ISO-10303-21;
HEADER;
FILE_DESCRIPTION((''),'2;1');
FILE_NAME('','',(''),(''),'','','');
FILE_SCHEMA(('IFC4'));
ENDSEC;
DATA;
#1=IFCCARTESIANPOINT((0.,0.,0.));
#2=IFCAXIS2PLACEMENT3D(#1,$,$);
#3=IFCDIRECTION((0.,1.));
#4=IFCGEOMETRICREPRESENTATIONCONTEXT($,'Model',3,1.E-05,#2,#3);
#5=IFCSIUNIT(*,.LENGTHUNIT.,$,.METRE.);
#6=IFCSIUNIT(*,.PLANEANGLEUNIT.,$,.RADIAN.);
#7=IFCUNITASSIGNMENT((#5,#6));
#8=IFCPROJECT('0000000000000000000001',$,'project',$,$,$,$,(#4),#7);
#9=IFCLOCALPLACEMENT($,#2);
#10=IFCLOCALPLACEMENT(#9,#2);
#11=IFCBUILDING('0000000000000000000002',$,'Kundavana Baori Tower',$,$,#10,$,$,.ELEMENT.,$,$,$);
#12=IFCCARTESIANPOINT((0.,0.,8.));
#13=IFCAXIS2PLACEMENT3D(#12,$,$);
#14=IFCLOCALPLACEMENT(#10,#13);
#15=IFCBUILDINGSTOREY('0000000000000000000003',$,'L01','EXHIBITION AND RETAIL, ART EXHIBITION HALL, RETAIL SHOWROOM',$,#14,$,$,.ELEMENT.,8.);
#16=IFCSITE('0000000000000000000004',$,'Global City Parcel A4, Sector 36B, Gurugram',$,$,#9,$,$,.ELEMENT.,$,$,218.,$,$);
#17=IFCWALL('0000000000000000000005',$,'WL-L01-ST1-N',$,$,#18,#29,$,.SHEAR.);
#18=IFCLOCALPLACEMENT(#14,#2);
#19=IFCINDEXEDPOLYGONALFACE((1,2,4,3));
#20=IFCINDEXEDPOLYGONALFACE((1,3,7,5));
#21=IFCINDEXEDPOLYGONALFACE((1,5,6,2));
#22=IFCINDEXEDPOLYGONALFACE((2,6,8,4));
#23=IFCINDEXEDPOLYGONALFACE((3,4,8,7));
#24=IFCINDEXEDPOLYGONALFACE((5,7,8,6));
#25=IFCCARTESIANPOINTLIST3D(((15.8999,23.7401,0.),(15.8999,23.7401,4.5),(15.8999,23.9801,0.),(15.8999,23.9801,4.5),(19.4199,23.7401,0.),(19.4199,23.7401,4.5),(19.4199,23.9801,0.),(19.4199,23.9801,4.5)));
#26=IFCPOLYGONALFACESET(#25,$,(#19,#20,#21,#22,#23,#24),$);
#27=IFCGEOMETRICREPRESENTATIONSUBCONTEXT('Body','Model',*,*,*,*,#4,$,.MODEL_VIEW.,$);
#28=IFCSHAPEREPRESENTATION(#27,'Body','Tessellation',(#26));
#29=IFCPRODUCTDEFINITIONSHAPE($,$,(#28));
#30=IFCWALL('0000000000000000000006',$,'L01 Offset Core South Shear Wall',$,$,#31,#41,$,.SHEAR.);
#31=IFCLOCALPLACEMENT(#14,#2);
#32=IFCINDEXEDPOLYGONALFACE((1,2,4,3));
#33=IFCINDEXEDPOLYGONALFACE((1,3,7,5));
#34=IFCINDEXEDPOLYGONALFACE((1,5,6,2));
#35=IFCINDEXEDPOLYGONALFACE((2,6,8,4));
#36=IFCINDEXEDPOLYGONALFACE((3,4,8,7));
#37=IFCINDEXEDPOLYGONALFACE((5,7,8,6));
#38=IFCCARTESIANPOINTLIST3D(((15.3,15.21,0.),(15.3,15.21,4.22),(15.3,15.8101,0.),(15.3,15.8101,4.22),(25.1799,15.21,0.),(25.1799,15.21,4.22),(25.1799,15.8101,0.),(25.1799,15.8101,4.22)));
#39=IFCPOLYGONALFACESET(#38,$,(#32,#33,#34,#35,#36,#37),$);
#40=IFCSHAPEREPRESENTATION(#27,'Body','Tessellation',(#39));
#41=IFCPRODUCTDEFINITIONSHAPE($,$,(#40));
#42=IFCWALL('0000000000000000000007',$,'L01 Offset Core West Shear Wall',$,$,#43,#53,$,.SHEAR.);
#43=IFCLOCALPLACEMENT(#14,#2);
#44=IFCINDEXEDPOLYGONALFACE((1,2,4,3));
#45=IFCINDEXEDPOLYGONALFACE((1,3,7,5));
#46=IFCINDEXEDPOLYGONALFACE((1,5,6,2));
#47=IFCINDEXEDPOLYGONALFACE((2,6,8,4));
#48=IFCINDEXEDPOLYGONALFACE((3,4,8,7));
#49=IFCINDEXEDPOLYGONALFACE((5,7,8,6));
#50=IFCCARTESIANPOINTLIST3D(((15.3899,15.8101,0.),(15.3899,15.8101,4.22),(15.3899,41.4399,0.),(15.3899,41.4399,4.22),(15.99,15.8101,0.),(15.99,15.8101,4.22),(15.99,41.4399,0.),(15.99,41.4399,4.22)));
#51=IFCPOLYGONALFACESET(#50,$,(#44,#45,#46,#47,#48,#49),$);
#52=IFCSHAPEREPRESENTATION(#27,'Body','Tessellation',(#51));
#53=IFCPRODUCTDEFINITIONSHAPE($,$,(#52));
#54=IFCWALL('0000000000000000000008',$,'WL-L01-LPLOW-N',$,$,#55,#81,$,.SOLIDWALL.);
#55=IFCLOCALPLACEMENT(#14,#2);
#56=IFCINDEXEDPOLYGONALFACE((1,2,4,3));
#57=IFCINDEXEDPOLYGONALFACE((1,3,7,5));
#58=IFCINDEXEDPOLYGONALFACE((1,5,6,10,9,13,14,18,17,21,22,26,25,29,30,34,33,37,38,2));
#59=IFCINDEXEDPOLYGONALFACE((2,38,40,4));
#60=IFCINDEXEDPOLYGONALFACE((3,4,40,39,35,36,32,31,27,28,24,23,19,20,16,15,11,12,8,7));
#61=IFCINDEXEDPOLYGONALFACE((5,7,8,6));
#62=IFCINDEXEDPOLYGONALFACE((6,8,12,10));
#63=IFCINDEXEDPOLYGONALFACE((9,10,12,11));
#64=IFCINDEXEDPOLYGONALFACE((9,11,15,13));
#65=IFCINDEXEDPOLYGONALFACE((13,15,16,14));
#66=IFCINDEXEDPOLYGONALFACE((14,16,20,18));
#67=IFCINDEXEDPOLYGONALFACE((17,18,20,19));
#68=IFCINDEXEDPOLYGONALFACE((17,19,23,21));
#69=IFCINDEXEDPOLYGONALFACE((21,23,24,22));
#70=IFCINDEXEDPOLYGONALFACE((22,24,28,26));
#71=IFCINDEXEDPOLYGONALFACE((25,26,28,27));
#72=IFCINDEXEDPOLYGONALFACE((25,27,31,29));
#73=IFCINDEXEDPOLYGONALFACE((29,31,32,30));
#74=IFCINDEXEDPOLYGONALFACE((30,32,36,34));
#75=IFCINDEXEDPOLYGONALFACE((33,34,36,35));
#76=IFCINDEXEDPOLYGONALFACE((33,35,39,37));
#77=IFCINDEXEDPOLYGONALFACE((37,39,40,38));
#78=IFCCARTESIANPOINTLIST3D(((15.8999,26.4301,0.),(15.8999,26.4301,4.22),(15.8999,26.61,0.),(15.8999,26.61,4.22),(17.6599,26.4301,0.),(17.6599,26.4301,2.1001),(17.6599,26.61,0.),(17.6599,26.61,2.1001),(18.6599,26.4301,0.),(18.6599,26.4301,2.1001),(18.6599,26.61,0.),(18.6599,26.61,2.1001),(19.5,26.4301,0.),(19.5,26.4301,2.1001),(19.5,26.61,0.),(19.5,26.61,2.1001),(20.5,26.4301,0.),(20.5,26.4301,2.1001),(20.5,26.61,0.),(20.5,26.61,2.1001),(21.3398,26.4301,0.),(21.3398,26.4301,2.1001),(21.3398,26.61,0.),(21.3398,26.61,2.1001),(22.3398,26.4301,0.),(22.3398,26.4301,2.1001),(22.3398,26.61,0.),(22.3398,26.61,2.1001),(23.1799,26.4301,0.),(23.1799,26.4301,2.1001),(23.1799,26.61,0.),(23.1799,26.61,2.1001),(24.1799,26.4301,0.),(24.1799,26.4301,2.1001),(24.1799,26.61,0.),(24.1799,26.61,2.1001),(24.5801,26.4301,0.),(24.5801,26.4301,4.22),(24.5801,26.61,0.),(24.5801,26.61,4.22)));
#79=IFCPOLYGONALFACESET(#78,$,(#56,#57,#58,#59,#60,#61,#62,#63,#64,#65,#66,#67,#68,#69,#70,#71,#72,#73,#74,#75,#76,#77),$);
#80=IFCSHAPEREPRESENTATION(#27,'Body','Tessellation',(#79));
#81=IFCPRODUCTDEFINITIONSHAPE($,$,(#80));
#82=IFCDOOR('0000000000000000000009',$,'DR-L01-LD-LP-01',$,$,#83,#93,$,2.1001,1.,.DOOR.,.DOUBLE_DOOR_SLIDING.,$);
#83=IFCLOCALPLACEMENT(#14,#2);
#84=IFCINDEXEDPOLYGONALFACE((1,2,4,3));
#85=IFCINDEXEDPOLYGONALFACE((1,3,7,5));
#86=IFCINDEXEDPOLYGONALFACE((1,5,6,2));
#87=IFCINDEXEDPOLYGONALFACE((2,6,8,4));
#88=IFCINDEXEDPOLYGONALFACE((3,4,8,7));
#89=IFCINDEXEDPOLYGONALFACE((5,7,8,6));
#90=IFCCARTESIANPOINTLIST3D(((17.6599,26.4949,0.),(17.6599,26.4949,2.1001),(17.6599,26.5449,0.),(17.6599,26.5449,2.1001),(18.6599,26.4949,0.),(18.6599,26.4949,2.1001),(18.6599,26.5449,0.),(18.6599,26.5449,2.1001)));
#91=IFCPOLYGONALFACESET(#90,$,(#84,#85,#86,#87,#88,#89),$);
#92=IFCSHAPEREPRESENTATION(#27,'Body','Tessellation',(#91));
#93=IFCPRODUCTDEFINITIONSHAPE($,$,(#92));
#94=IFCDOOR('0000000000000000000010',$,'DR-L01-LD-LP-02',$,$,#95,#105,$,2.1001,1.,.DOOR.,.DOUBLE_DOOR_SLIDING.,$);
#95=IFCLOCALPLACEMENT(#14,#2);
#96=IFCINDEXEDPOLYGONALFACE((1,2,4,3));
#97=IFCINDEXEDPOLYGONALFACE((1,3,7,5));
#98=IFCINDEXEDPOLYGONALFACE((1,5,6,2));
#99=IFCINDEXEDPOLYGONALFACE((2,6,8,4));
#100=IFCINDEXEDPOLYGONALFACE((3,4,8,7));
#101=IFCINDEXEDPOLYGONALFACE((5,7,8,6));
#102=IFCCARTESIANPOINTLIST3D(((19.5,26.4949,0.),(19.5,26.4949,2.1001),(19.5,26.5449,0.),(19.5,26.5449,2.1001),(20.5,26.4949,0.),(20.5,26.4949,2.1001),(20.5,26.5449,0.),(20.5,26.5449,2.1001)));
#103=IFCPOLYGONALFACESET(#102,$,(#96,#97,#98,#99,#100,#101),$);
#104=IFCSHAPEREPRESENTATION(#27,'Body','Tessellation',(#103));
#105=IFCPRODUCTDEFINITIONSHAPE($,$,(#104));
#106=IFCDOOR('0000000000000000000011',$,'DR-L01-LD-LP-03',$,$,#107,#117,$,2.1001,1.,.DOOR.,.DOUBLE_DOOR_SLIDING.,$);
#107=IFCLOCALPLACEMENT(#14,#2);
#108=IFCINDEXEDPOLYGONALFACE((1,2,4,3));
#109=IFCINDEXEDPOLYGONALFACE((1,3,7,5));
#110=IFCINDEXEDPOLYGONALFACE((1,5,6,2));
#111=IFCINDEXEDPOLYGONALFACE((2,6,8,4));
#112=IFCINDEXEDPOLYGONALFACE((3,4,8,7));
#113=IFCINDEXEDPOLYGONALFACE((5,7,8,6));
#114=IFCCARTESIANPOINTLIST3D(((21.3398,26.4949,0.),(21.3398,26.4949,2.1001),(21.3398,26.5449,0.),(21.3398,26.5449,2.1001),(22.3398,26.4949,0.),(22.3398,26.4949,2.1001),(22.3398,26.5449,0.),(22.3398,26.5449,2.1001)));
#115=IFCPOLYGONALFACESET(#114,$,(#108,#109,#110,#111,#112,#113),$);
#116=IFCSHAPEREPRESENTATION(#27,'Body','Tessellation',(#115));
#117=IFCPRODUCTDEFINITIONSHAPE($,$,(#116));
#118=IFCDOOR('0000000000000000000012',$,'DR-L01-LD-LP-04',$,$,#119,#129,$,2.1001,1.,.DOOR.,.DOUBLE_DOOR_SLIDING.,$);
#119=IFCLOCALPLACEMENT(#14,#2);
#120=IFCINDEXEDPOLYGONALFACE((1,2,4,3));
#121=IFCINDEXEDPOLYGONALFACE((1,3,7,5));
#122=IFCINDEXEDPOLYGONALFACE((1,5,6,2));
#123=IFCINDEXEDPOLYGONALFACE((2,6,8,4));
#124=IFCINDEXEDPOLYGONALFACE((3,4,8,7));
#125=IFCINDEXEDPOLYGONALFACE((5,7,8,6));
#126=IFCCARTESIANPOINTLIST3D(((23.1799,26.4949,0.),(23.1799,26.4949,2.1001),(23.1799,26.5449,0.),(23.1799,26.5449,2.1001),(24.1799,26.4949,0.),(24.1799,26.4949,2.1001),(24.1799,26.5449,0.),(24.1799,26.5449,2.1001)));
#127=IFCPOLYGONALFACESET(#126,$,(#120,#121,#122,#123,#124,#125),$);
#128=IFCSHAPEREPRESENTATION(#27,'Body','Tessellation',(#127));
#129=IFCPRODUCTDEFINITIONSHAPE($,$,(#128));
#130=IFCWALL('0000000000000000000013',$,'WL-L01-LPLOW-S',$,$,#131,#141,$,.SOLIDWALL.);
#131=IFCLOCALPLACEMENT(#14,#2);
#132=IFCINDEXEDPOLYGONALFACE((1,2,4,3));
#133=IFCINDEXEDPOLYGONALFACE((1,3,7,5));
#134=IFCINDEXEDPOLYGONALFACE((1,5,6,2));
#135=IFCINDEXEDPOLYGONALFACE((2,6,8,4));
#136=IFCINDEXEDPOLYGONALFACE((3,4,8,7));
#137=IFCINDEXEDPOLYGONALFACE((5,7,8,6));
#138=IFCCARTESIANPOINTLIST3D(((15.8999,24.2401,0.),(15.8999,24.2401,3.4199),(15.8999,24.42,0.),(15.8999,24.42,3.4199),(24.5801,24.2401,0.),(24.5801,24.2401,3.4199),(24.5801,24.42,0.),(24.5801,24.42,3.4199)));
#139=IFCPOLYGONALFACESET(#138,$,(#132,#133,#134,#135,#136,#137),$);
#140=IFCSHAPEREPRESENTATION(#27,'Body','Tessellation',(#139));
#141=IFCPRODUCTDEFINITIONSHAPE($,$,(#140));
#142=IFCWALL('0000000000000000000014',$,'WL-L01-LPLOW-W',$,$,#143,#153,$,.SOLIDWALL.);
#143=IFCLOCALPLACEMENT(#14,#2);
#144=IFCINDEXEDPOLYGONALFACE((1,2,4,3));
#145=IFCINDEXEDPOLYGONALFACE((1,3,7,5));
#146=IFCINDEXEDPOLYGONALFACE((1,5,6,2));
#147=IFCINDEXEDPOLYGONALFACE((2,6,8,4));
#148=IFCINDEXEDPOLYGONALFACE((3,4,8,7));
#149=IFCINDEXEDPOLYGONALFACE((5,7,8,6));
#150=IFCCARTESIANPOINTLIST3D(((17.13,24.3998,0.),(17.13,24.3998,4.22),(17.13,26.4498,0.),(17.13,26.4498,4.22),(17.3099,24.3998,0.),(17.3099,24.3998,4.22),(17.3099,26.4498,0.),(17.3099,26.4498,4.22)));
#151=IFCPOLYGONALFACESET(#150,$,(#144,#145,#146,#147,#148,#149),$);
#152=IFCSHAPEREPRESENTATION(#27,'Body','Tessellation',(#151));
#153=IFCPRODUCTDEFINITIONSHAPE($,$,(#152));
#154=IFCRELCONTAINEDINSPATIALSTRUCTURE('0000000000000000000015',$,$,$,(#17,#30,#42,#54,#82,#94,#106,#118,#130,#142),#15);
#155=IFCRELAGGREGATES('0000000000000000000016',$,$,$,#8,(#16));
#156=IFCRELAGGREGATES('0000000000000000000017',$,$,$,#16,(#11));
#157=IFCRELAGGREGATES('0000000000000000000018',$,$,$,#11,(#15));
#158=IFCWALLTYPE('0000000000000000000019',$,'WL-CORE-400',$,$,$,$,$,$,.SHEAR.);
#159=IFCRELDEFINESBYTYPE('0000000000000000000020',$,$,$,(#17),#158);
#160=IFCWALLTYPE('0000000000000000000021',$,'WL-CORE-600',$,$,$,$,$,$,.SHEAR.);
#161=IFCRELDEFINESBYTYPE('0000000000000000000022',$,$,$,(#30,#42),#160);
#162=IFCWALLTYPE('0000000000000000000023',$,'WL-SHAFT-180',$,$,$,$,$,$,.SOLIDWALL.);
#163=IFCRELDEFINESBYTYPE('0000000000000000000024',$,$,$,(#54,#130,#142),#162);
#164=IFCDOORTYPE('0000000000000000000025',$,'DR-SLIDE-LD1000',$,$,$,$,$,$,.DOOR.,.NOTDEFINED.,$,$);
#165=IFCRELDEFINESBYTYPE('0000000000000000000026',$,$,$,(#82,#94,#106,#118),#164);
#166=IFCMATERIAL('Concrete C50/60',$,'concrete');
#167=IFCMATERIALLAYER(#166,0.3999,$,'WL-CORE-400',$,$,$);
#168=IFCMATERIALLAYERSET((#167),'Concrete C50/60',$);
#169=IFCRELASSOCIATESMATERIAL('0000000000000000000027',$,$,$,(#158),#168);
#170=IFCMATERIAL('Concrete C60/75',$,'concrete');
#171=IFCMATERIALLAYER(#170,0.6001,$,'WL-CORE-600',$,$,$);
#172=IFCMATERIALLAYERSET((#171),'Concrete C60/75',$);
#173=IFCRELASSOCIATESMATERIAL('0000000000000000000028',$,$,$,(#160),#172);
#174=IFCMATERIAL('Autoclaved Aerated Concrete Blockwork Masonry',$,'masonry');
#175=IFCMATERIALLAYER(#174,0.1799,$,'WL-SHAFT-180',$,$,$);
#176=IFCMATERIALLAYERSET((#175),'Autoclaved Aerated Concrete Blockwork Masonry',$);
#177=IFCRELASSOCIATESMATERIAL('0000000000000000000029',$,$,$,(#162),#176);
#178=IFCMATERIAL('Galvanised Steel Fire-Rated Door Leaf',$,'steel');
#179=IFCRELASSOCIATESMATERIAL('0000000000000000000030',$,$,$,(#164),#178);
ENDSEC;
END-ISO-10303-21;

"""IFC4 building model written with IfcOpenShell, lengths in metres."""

from ifc_helpers import new_model, si_unit, direction, frame, frame_2d, origin, place, context, subcontext, project, spatial, rectangle, extrude, material, layer, layer_set, type_object, element, fill, save


model = new_model("IFC4")

# Units and contexts
model_context = context("Model", 3, precision=1e-05, world=origin(), true_north=direction((0.0, 1.0)))
body_context = subcontext(model_context, "Body", "Model", "MODEL_VIEW")
ifc_project = project(units=[si_unit("LENGTHUNIT", "METRE"), si_unit("PLANEANGLEUNIT", "RADIAN")], contexts=[model_context])

# Site, building, storey
site_placement = place(None, origin())
site = spatial("IfcSite", under=ifc_project, at=site_placement, Name="Global City Parcel A4, Sector 36B, Gurugram", CompositionType="ELEMENT", RefElevation=218.0)
building_placement = place(site_placement, origin())
building = spatial("IfcBuilding", under=site, at=building_placement, Name="Kundavana Baori Tower", CompositionType="ELEMENT")
storey_placement = place(building_placement, frame((0.0, 0.0, 8.0)))
storey = spatial("IfcBuildingStorey", under=building, at=storey_placement, Name="L01", Description="EXHIBITION AND RETAIL, ART EXHIBITION HALL, RETAIL SHOWROOM", CompositionType="ELEMENT", Elevation=8.0)

# Walls
ifc_material_1 = material(Name="Concrete C50/60", Category="concrete")
ifc_layer_1 = layer(ifc_material_1, 0.3999, Name="WL-CORE-400")
ifc_layer_set_1 = layer_set([ifc_layer_1], Name="Concrete C50/60")
wall_type_1 = type_object("IfcWallType", Name="WL-CORE-400", PredefinedType="SHEAR", material=ifc_layer_set_1)
wall_1_placement = place(storey_placement, frame((15.8999, 23.8601, 0.0), z_axis=(0.0, 0.0, 1.0), x_axis=(1.0, 0.0, 0.0)))
element("IfcWall", 1, at=wall_1_placement, inside=storey, type_object=wall_type_1, Name="WL-L01-ST1-N", PredefinedType="SHEAR", context=body_context, shape_type="SweptSolid", body=[
    extrude(rectangle(XDim=3.52, YDim=0.24, at=frame_2d((1.76, 0.0))), origin(), (0.0, 0.0, 1.0), 4.5),
])
ifc_material_2 = material(Name="Concrete C60/75", Category="concrete")
ifc_layer_2 = layer(ifc_material_2, 0.6001, Name="WL-CORE-600")
ifc_layer_set_2 = layer_set([ifc_layer_2], Name="Concrete C60/75")
wall_type_2 = type_object("IfcWallType", Name="WL-CORE-600", PredefinedType="SHEAR", material=ifc_layer_set_2)
wall_2_placement = place(storey_placement, frame((15.3, 15.51, 0.0), z_axis=(0.0, 0.0, 1.0), x_axis=(1.0, 0.0, 0.0)))
element("IfcWall", 2, at=wall_2_placement, inside=storey, type_object=wall_type_2, Name="L01 Offset Core South Shear Wall", PredefinedType="SHEAR", context=body_context, shape_type="SweptSolid", body=[
    extrude(rectangle(XDim=9.8799, YDim=0.6001, at=frame_2d((4.9399, 0.0))), origin(), (0.0, 0.0, 1.0), 4.22),
])
wall_3_placement = place(storey_placement, frame((15.6899, 15.8101, 0.0), z_axis=(0.0, 0.0, 1.0), x_axis=(0.0, 1.0, 0.0)))
element("IfcWall", 3, at=wall_3_placement, inside=storey, type_object=wall_type_2, Name="L01 Offset Core West Shear Wall", PredefinedType="SHEAR", context=body_context, shape_type="SweptSolid", body=[
    extrude(rectangle(XDim=25.6299, YDim=0.6001, at=frame_2d((12.8149, 0.0))), origin(), (0.0, 0.0, 1.0), 4.22),
])

# Wall, openings, doors
ifc_material_3 = material(Name="Autoclaved Aerated Concrete Blockwork Masonry", Category="masonry")
ifc_layer_3 = layer(ifc_material_3, 0.1799, Name="WL-SHAFT-180")
ifc_layer_set_3 = layer_set([ifc_layer_3], Name="Autoclaved Aerated Concrete Blockwork Masonry")
wall_type_3 = type_object("IfcWallType", Name="WL-SHAFT-180", PredefinedType="SOLIDWALL", material=ifc_layer_set_3)
wall_4_placement = place(storey_placement, frame((15.8999, 26.52, 0.0), z_axis=(0.0, 0.0, 1.0), x_axis=(1.0, 0.0, 0.0)))
wall_4 = element("IfcWall", 4, at=wall_4_placement, inside=storey, type_object=wall_type_3, Name="WL-L01-LPLOW-N", PredefinedType="SOLIDWALL", context=body_context, shape_type="SweptSolid", body=[
    extrude(rectangle(XDim=8.6802, YDim=0.1799, at=frame_2d((4.3401, 0.0))), origin(), (0.0, 0.0, 1.0), 4.22),
])
opening_1_placement = place(wall_4_placement, frame((1.76, 0.0, 0.0)))
opening_1 = element("IfcOpeningElement", 5, at=opening_1_placement, cuts=wall_4, PredefinedType="OPENING", context=body_context, shape_type="SweptSolid", body=[
    extrude(rectangle(XDim=1.0, YDim=2.1001, at=frame_2d((0.5, 1.05))), frame((0.0, 0.1001, 0.0), z_axis=(0.0, -1.0, 0.0), x_axis=(1.0, 0.0, 0.0)), (0.0, 0.0, 1.0), 0.2),
])
opening_2_placement = place(wall_4_placement, frame((3.6001, 0.0, 0.0)))
opening_2 = element("IfcOpeningElement", 6, at=opening_2_placement, cuts=wall_4, PredefinedType="OPENING", context=body_context, shape_type="SweptSolid", body=[
    extrude(rectangle(XDim=1.0, YDim=2.1001, at=frame_2d((0.5, 1.05))), frame((0.0, 0.1001, 0.0), z_axis=(0.0, -1.0, 0.0), x_axis=(1.0, 0.0, 0.0)), (0.0, 0.0, 1.0), 0.2),
])
opening_3_placement = place(wall_4_placement, frame((5.4399, 0.0, 0.0)))
opening_3 = element("IfcOpeningElement", 7, at=opening_3_placement, cuts=wall_4, PredefinedType="OPENING", context=body_context, shape_type="SweptSolid", body=[
    extrude(rectangle(XDim=1.0, YDim=2.1001, at=frame_2d((0.5, 1.05))), frame((0.0, 0.1001, 0.0), z_axis=(0.0, -1.0, 0.0), x_axis=(1.0, 0.0, 0.0)), (0.0, 0.0, 1.0), 0.2),
])
opening_4_placement = place(wall_4_placement, frame((7.28, 0.0, 0.0)))
opening_4 = element("IfcOpeningElement", 8, at=opening_4_placement, cuts=wall_4, PredefinedType="OPENING", context=body_context, shape_type="SweptSolid", body=[
    extrude(rectangle(XDim=1.0, YDim=2.1001, at=frame_2d((0.5, 1.05))), frame((0.0, 0.1001, 0.0), z_axis=(0.0, -1.0, 0.0), x_axis=(1.0, 0.0, 0.0)), (0.0, 0.0, 1.0), 0.2),
])
ifc_material_4 = material(Name="Galvanised Steel Fire-Rated Door Leaf", Category="steel")
door_type_1 = type_object("IfcDoorType", Name="DR-SLIDE-LD1000", OperationType="NOTDEFINED", PredefinedType="DOOR", material=ifc_material_4)
door_1_placement = place(opening_1_placement, origin())
door_1 = element("IfcDoor", 9, at=door_1_placement, inside=storey, type_object=door_type_1, Name="DR-L01-LD-LP-01", OperationType="DOUBLE_DOOR_SLIDING", OverallHeight=2.1001, OverallWidth=1.0, PredefinedType="DOOR", context=body_context, shape_type="SweptSolid", body=[
    extrude(rectangle(XDim=1.0, YDim=2.1001, at=frame_2d((0.5, 1.05))), frame((0.0, 0.0249, 0.0), z_axis=(0.0, -1.0, 0.0), x_axis=(1.0, 0.0, 0.0)), (0.0, 0.0, 1.0), 0.05),
])
fill(opening_1, door_1)
door_2_placement = place(opening_2_placement, origin())
door_2 = element("IfcDoor", 10, at=door_2_placement, inside=storey, type_object=door_type_1, Name="DR-L01-LD-LP-02", OperationType="DOUBLE_DOOR_SLIDING", OverallHeight=2.1001, OverallWidth=1.0, PredefinedType="DOOR", context=body_context, shape_type="SweptSolid", body=[
    extrude(rectangle(XDim=1.0, YDim=2.1001, at=frame_2d((0.5, 1.05))), frame((0.0, 0.0249, 0.0), z_axis=(0.0, -1.0, 0.0), x_axis=(1.0, 0.0, 0.0)), (0.0, 0.0, 1.0), 0.05),
])
fill(opening_2, door_2)
door_3_placement = place(opening_3_placement, origin())
door_3 = element("IfcDoor", 11, at=door_3_placement, inside=storey, type_object=door_type_1, Name="DR-L01-LD-LP-03", OperationType="DOUBLE_DOOR_SLIDING", OverallHeight=2.1001, OverallWidth=1.0, PredefinedType="DOOR", context=body_context, shape_type="SweptSolid", body=[
    extrude(rectangle(XDim=1.0, YDim=2.1001, at=frame_2d((0.5, 1.05))), frame((0.0, 0.0249, 0.0), z_axis=(0.0, -1.0, 0.0), x_axis=(1.0, 0.0, 0.0)), (0.0, 0.0, 1.0), 0.05),
])
fill(opening_3, door_3)
door_4_placement = place(opening_4_placement, origin())
door_4 = element("IfcDoor", 12, at=door_4_placement, inside=storey, type_object=door_type_1, Name="DR-L01-LD-LP-04", OperationType="DOUBLE_DOOR_SLIDING", OverallHeight=2.1001, OverallWidth=1.0, PredefinedType="DOOR", context=body_context, shape_type="SweptSolid", body=[
    extrude(rectangle(XDim=1.0, YDim=2.1001, at=frame_2d((0.5, 1.05))), frame((0.0, 0.0249, 0.0), z_axis=(0.0, -1.0, 0.0), x_axis=(1.0, 0.0, 0.0)), (0.0, 0.0, 1.0), 0.05),
])
fill(opening_4, door_4)

# Walls
wall_5_placement = place(storey_placement, frame((15.8999, 24.3301, 0.0), z_axis=(0.0, 0.0, 1.0), x_axis=(1.0, 0.0, 0.0)))
element("IfcWall", 13, at=wall_5_placement, inside=storey, type_object=wall_type_3, Name="WL-L01-LPLOW-S", PredefinedType="SOLIDWALL", context=body_context, shape_type="SweptSolid", body=[
    extrude(rectangle(XDim=8.6802, YDim=0.1799, at=frame_2d((4.3401, 0.0))), origin(), (0.0, 0.0, 1.0), 3.4199),
])
wall_6_placement = place(storey_placement, frame((17.22, 24.3999, 0.0), z_axis=(0.0, 0.0, 1.0), x_axis=(0.0, 1.0, 0.0)))
element("IfcWall", 14, at=wall_6_placement, inside=storey, type_object=wall_type_3, Name="WL-L01-LPLOW-W", PredefinedType="SOLIDWALL", context=body_context, shape_type="SweptSolid", body=[
    extrude(rectangle(XDim=2.05, YDim=0.1799, at=frame_2d((1.0249, 0.0))), origin(), (0.0, 0.0, 1.0), 4.22),
])

save(model, "model.ifc")
